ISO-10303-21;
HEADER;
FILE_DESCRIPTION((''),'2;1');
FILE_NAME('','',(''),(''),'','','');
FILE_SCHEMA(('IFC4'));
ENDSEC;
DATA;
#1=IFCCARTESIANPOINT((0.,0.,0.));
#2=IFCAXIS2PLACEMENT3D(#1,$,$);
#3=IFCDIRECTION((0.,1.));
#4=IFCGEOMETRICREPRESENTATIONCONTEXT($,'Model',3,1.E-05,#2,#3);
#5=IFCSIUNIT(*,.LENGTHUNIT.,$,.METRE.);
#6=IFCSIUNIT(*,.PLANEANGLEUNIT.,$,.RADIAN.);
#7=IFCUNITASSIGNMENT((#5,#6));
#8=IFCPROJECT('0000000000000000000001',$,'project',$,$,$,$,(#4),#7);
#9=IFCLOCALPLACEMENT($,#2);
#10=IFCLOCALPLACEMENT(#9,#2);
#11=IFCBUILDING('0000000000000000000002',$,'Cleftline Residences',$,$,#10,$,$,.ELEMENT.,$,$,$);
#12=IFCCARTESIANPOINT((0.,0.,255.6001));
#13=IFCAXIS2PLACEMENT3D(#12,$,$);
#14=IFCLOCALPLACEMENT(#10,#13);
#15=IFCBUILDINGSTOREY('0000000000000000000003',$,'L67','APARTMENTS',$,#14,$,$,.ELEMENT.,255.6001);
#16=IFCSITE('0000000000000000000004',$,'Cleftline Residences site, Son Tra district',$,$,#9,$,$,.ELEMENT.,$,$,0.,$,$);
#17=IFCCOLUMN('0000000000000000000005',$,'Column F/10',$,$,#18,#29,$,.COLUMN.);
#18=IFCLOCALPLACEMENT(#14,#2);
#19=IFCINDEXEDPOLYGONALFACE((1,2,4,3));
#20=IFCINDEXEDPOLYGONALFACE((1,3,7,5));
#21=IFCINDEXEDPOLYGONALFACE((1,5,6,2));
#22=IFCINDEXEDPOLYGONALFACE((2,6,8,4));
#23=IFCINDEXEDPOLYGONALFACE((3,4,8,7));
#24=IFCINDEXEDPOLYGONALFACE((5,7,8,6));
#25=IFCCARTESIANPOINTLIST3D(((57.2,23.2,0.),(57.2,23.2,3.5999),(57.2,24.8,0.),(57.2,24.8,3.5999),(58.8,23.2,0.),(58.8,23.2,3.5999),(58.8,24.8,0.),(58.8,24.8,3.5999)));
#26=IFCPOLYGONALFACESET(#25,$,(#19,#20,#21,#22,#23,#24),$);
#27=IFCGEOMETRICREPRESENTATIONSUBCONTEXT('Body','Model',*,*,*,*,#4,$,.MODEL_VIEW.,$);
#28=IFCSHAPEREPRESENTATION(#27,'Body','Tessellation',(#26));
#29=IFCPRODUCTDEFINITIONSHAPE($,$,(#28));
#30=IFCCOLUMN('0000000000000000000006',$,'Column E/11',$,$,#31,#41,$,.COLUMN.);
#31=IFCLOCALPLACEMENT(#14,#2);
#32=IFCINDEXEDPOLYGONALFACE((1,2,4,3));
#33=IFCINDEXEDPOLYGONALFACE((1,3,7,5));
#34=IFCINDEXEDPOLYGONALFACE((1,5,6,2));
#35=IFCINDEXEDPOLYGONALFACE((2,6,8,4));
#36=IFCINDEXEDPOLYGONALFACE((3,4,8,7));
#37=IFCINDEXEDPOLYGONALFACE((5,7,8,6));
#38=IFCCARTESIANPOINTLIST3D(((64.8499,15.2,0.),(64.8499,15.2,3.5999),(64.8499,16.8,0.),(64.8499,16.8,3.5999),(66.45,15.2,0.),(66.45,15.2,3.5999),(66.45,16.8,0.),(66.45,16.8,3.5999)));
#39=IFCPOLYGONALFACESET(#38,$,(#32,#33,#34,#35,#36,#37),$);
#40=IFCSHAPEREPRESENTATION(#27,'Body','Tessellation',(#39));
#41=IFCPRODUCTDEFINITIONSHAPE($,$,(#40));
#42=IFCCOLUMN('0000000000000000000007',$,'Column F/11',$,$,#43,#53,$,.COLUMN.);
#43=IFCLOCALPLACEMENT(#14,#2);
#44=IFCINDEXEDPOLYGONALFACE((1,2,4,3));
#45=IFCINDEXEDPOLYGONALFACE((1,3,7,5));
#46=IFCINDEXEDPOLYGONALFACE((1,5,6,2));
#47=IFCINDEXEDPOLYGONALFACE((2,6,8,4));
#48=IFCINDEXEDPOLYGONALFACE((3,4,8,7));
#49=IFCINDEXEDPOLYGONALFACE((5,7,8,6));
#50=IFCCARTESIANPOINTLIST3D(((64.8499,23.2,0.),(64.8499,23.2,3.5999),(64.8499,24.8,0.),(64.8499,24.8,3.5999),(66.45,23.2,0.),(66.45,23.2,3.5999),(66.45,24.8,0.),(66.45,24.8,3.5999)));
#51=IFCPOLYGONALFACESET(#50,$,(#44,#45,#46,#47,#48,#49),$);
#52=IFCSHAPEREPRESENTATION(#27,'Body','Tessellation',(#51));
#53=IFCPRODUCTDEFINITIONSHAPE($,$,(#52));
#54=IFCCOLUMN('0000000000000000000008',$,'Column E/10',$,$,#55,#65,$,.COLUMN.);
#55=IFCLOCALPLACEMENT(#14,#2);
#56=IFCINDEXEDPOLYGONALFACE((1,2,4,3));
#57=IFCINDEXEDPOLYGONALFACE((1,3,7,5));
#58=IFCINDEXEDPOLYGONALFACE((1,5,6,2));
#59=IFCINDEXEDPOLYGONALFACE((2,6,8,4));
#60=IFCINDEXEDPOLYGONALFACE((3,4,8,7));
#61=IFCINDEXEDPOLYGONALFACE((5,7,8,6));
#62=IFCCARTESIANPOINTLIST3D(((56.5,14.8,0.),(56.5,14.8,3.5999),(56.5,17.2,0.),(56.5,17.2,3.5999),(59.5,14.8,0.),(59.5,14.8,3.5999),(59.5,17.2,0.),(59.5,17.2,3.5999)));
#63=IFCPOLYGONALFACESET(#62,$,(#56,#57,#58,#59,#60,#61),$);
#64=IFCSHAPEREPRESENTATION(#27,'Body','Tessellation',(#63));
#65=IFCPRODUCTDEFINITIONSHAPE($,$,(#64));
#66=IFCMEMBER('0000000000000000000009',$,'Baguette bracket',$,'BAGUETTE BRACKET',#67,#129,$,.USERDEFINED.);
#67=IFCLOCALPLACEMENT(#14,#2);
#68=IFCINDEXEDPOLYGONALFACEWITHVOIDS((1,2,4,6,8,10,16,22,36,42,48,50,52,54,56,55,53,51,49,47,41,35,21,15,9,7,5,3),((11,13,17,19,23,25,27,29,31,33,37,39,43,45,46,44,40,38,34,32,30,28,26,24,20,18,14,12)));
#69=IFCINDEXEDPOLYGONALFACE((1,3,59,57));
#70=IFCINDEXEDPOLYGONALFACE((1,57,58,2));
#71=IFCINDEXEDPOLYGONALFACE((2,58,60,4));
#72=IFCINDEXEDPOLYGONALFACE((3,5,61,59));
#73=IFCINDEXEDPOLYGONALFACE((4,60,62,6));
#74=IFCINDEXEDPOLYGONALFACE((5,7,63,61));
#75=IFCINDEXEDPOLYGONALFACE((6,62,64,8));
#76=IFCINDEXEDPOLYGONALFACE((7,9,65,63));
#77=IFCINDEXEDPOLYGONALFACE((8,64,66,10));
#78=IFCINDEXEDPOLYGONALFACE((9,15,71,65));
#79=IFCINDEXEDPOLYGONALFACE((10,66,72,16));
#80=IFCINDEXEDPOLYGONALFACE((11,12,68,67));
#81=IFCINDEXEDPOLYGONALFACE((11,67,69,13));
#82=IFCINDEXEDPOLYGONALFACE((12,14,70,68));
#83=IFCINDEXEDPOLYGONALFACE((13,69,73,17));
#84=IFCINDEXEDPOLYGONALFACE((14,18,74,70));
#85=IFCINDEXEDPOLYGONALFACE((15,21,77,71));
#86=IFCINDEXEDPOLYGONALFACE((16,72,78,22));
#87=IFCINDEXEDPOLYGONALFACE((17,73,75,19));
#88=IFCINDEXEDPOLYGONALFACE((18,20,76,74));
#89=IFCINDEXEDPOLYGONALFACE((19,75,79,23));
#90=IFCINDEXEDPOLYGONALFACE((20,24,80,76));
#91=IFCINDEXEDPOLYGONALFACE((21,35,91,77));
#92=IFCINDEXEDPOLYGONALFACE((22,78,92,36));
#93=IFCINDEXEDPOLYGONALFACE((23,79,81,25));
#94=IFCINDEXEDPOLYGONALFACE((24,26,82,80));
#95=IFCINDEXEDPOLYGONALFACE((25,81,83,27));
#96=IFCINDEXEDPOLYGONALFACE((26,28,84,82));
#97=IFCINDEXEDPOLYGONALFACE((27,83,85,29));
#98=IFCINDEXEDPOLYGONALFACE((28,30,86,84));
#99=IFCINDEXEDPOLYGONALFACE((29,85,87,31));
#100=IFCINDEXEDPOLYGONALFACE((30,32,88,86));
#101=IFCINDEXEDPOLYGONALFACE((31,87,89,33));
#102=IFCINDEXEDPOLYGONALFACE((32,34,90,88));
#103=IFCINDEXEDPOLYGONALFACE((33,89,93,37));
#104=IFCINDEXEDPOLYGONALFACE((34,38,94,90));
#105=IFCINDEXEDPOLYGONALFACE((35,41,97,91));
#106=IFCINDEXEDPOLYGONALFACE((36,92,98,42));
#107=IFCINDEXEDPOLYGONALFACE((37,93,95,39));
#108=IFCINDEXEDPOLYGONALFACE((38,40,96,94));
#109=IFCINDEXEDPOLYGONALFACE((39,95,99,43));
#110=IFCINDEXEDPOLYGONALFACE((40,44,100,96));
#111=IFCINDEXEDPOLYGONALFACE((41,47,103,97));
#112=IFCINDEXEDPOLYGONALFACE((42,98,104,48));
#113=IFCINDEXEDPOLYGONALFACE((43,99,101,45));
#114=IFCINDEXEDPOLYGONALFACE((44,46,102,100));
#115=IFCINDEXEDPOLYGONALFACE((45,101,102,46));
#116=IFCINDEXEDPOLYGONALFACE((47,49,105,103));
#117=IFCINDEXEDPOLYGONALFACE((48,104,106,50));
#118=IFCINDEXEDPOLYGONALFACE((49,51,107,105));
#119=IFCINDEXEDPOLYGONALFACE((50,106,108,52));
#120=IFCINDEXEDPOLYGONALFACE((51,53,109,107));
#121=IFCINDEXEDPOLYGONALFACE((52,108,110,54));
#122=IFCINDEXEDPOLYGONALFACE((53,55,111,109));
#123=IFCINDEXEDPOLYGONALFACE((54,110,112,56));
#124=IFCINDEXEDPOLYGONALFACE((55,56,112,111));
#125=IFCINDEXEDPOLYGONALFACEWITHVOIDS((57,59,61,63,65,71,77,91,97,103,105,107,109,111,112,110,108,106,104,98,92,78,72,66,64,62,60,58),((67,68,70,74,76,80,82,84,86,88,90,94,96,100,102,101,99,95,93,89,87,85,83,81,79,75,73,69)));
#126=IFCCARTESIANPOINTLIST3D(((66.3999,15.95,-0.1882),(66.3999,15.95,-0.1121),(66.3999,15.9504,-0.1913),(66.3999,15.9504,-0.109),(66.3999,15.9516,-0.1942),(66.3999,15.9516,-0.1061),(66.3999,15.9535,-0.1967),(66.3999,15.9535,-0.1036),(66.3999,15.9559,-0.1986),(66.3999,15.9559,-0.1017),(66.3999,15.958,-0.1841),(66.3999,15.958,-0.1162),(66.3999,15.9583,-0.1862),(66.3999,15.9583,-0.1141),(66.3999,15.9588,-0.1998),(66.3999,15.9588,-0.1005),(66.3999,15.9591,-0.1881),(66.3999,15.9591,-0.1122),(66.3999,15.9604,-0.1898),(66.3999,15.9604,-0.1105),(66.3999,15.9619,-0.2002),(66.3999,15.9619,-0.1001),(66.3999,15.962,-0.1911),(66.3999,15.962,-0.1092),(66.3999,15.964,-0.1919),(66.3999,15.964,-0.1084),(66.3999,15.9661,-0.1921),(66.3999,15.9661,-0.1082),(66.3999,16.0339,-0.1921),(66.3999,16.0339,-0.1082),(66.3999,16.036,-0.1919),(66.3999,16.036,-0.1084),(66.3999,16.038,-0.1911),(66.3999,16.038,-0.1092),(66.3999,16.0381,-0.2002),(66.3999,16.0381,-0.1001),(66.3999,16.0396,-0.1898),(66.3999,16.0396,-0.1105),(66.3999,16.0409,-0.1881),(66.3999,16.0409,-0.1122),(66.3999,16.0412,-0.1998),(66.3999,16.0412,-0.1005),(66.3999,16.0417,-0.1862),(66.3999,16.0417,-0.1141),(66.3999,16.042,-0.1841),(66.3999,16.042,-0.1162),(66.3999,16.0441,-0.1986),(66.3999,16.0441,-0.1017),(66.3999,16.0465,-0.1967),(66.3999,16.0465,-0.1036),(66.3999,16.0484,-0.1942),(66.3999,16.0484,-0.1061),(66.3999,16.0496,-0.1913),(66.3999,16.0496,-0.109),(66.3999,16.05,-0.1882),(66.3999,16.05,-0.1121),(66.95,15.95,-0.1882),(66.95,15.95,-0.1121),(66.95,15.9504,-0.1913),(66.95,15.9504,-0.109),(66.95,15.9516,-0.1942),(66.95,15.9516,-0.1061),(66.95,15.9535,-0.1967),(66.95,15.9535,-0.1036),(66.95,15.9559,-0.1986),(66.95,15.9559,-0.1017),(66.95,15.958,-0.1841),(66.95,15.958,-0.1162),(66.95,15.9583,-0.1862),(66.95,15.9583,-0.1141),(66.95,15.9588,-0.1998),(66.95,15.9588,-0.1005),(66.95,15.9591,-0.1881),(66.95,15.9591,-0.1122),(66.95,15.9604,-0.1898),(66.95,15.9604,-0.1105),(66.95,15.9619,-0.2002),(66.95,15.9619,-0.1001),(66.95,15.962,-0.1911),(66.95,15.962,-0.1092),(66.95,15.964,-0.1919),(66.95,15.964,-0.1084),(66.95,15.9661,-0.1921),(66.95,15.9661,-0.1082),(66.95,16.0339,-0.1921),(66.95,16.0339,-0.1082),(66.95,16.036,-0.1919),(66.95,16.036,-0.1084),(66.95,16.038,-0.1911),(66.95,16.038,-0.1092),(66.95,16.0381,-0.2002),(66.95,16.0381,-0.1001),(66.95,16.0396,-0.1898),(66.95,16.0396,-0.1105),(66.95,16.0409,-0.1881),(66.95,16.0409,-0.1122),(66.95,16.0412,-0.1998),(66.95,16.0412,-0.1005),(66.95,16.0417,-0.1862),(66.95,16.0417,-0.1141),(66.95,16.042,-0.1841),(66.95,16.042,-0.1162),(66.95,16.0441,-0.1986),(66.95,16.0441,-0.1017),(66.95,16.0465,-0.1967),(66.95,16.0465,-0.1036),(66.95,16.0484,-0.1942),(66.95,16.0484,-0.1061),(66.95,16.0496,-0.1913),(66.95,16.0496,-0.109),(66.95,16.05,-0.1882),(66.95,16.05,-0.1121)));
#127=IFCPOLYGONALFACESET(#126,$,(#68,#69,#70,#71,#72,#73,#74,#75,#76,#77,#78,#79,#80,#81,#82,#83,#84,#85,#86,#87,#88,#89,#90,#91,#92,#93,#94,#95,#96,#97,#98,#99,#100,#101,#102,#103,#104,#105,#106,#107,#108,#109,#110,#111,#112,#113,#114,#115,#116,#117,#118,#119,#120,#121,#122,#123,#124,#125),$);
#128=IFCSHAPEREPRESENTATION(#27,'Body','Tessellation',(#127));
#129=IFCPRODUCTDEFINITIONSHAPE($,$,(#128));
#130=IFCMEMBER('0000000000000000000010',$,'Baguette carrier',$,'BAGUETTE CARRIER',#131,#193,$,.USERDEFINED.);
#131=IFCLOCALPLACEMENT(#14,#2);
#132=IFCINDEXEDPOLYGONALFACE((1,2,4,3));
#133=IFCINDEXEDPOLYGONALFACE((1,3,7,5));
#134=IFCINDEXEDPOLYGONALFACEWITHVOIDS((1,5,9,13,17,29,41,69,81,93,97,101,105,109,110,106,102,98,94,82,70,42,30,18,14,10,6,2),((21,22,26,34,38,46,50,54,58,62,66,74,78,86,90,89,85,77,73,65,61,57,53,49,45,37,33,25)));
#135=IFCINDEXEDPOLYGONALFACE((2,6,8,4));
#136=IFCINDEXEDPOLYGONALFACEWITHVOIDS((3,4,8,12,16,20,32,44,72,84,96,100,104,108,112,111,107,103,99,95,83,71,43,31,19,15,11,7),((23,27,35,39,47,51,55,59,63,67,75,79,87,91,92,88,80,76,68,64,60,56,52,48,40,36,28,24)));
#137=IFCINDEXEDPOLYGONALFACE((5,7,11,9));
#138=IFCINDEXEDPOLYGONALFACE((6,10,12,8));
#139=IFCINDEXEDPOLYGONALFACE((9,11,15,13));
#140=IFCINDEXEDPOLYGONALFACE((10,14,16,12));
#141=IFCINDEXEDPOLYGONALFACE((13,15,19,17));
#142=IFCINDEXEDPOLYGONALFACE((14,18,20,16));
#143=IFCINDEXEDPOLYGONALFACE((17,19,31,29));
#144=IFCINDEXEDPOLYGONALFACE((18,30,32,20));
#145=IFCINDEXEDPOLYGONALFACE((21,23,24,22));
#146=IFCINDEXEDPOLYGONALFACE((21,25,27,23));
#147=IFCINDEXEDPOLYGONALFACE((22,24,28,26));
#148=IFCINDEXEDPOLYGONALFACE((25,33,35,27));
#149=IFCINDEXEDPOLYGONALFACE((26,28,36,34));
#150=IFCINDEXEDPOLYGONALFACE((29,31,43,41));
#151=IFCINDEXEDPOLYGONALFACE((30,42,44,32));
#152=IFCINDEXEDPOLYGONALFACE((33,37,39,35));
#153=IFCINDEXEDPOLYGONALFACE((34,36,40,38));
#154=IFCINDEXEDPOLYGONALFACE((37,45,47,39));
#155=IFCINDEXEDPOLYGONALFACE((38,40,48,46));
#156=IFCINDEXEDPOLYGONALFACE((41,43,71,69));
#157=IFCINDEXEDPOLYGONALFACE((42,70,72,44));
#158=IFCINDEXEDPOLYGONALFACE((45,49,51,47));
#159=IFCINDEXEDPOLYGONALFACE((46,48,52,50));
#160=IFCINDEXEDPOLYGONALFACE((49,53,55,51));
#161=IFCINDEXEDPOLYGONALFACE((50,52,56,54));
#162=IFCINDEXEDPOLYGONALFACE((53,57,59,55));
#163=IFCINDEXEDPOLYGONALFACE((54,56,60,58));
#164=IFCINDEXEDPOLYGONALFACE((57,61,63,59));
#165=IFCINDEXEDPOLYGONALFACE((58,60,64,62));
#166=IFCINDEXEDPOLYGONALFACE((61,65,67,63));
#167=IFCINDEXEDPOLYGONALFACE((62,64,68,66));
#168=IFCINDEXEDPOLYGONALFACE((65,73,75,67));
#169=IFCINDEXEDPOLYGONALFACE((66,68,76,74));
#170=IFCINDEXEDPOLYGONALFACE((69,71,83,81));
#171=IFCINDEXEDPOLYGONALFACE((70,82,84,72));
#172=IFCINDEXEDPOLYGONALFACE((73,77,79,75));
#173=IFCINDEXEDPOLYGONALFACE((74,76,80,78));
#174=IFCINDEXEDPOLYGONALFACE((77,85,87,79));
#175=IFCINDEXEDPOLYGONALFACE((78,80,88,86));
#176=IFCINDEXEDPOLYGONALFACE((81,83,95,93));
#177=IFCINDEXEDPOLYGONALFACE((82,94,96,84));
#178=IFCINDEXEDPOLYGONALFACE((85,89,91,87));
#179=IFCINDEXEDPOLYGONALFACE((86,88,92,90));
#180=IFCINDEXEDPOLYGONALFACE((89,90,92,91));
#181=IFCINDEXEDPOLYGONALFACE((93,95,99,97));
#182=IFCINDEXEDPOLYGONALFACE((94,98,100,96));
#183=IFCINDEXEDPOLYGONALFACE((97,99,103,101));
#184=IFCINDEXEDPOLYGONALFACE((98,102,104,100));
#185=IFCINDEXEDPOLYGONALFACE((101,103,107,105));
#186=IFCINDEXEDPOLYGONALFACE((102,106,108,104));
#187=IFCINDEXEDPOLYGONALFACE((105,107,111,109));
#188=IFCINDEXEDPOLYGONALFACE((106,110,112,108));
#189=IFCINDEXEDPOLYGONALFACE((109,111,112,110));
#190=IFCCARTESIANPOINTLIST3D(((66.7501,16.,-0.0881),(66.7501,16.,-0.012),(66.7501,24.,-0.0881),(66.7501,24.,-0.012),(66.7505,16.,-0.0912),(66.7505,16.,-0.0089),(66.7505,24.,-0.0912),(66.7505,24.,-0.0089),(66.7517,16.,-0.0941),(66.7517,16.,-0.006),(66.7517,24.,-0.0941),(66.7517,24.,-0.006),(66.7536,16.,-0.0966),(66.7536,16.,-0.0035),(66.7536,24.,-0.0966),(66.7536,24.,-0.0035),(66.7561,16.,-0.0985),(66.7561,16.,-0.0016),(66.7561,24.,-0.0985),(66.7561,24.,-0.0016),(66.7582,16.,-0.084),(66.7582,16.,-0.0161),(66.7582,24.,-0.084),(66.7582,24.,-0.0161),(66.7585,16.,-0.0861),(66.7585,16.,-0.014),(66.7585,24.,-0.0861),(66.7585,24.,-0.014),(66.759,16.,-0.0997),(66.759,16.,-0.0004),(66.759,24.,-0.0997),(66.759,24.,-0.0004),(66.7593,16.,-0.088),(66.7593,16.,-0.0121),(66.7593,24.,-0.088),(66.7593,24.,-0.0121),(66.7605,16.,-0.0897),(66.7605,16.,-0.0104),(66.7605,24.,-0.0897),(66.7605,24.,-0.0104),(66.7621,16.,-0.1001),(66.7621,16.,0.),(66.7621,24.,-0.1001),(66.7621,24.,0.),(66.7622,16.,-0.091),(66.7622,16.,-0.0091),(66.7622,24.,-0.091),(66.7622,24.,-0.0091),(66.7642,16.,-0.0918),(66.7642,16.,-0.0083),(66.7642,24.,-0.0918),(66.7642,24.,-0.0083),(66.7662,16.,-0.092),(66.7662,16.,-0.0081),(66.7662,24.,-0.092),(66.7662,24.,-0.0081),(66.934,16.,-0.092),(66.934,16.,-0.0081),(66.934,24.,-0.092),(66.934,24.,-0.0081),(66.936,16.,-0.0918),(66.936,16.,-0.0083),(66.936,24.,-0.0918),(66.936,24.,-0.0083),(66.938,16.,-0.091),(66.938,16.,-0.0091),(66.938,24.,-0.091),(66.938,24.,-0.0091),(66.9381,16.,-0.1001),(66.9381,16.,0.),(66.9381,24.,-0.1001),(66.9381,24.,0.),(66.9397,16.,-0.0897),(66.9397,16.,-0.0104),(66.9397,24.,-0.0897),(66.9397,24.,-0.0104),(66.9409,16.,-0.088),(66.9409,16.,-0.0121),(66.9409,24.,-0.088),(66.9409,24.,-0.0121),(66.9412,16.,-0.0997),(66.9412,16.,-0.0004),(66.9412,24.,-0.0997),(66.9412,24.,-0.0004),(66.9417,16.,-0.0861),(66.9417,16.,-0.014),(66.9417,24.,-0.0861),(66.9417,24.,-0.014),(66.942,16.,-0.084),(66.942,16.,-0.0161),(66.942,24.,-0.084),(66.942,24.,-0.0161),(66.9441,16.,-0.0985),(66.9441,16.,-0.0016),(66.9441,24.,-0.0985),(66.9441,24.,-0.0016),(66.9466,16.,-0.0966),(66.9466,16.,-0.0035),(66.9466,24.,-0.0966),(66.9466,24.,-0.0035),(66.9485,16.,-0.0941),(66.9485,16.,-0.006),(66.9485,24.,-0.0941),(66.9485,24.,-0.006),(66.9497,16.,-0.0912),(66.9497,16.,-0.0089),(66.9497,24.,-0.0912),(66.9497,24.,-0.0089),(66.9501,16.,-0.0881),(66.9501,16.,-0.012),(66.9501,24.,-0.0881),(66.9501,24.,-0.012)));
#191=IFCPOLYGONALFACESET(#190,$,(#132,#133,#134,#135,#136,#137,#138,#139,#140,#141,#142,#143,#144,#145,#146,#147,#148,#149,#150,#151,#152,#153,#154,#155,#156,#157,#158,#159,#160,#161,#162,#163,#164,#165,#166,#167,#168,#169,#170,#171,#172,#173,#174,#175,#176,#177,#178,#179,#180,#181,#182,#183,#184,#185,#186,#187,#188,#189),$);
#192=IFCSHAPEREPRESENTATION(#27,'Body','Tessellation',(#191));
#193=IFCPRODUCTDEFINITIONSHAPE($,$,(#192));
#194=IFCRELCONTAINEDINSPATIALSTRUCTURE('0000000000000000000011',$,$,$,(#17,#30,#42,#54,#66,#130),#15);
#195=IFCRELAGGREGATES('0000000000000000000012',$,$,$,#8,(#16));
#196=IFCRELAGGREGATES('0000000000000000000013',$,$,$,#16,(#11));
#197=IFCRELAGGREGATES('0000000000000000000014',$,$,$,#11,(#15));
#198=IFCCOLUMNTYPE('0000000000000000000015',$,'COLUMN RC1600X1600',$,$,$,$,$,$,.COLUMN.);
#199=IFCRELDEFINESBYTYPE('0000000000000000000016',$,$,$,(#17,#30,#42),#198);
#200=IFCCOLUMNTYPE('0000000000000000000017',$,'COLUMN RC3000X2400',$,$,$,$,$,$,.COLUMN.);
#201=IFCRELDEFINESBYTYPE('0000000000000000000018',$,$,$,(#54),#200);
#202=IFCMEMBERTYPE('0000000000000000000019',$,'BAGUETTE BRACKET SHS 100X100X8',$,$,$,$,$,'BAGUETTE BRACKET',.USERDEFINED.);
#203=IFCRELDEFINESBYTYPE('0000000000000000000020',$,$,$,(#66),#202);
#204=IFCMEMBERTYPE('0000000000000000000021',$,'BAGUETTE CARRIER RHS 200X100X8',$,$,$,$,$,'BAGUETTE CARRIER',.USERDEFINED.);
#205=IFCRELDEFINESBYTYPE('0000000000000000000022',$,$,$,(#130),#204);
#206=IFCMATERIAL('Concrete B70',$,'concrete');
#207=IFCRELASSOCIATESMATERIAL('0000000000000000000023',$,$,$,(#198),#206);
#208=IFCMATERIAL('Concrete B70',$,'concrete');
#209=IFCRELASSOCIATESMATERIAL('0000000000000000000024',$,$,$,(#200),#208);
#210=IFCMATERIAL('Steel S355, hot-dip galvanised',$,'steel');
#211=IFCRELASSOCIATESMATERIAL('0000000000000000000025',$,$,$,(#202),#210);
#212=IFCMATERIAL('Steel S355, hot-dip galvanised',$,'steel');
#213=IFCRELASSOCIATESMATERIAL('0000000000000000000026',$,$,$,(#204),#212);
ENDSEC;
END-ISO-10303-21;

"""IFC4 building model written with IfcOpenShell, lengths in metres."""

from ifc_helpers import new_model, si_unit, direction, frame, origin, origin_2d, place, context, subcontext, project, spatial, rectangle, hollow_rectangle, extrude, material, material_profile, profile_set, type_object, element, save


model = new_model("IFC4")

# Units and contexts
model_context = context("Model", 3, precision=1e-05, world=origin(), true_north=direction((0.0, 1.0)))
body_context = subcontext(model_context, "Body", "Model", "MODEL_VIEW")
ifc_project = project(units=[si_unit("LENGTHUNIT", "METRE"), si_unit("PLANEANGLEUNIT", "RADIAN")], contexts=[model_context])

# Site, building, storey
site_placement = place(None, origin())
site = spatial("IfcSite", under=ifc_project, at=site_placement, Name="Cleftline Residences site, Son Tra district", CompositionType="ELEMENT", RefElevation=0.0)
building_placement = place(site_placement, origin())
building = spatial("IfcBuilding", under=site, at=building_placement, Name="Cleftline Residences", CompositionType="ELEMENT")
storey_placement = place(building_placement, frame((0.0, 0.0, 255.6001)))
storey = spatial("IfcBuildingStorey", under=building, at=storey_placement, Name="L67", Description="APARTMENTS", CompositionType="ELEMENT", Elevation=255.6001)

# Columns
ifc_material_1 = material(Name="Concrete B70", Category="concrete")
ifc_material_profile_1 = material_profile(ifc_material_1, rectangle(XDim=1.6001, YDim=1.6001, at=origin_2d()))
ifc_profile_set_1 = profile_set([ifc_material_profile_1], Name="Concrete B70")
column_type_1 = type_object("IfcColumnType", Name="COLUMN RC1600X1600", PredefinedType="COLUMN", material=ifc_profile_set_1)
for number, where, z_axis, x_axis, name in (
    (1, (58.0, 24.0, 0.0), (0.0, 0.0, 1.0), (1.0, 0.0, 0.0), "Column F/10"),
    (2, (65.6499, 16.0, 0.0), (0.0, 0.0, 1.0), (1.0, 0.0, 0.0), "Column E/11"),
    (3, (65.6499, 24.0, 0.0), (0.0, 0.0, 1.0), (1.0, 0.0, 0.0), "Column F/11"),
):
    element("IfcColumn", number, at=place(storey_placement, frame(where, z_axis=z_axis, x_axis=x_axis)), inside=storey, type_object=column_type_1, Name=name, PredefinedType="COLUMN", context=body_context, shape_type="SweptSolid", body=[
        extrude(rectangle(XDim=1.6001, YDim=1.6001, at=origin_2d()), origin(), (0.0, 0.0, 1.0), 3.5999),
    ])
ifc_material_2 = material(Name="Concrete B70", Category="concrete")
ifc_material_profile_2 = material_profile(ifc_material_2, rectangle(XDim=3.0, YDim=2.3999, at=origin_2d()))
ifc_profile_set_2 = profile_set([ifc_material_profile_2], Name="Concrete B70")
column_type_2 = type_object("IfcColumnType", Name="COLUMN RC3000X2400", PredefinedType="COLUMN", material=ifc_profile_set_2)
column_placement = place(storey_placement, frame((58.0, 16.0, 0.0), z_axis=(0.0, 0.0, 1.0), x_axis=(1.0, 0.0, 0.0)))
element("IfcColumn", 4, at=column_placement, inside=storey, type_object=column_type_2, Name="Column E/10", PredefinedType="COLUMN", context=body_context, shape_type="SweptSolid", body=[
    extrude(rectangle(XDim=3.0, YDim=2.3999, at=origin_2d()), origin(), (0.0, 0.0, 1.0), 3.5999),
])

# Members
ifc_material_3 = material(Name="Steel S355, hot-dip galvanised", Category="steel")
ifc_material_profile_3 = material_profile(ifc_material_3, hollow_rectangle(XDim=0.1001, YDim=0.1001, WallThickness=0.0081, InnerFilletRadius=0.0081, OuterFilletRadius=0.012, at=origin_2d()))
ifc_profile_set_3 = profile_set([ifc_material_profile_3], Name="Steel S355, hot-dip galvanised")
member_type_1 = type_object("IfcMemberType", Name="BAGUETTE BRACKET SHS 100X100X8", ElementType="BAGUETTE BRACKET", PredefinedType="USERDEFINED", material=ifc_profile_set_3)
member_1_placement = place(storey_placement, frame((66.3999, 16.0, -0.1501), z_axis=(1.0, 0.0, 0.0), x_axis=(0.0, 1.0, 0.0)))
element("IfcMember", 5, at=member_1_placement, inside=storey, type_object=member_type_1, Name="Baguette bracket", ObjectType="BAGUETTE BRACKET", PredefinedType="USERDEFINED", context=body_context, shape_type="SweptSolid", body=[
    extrude(hollow_rectangle(XDim=0.1001, YDim=0.1001, WallThickness=0.0081, InnerFilletRadius=0.0081, OuterFilletRadius=0.012, at=origin_2d()), origin(), (0.0, 0.0, 1.0), 0.55),
])
ifc_material_4 = material(Name="Steel S355, hot-dip galvanised", Category="steel")
ifc_material_profile_4 = material_profile(ifc_material_4, hollow_rectangle(XDim=0.1001, YDim=0.2, WallThickness=0.0081, InnerFilletRadius=0.0081, OuterFilletRadius=0.012, at=origin_2d()))
ifc_profile_set_4 = profile_set([ifc_material_profile_4], Name="Steel S355, hot-dip galvanised")
member_type_2 = type_object("IfcMemberType", Name="BAGUETTE CARRIER RHS 200X100X8", ElementType="BAGUETTE CARRIER", PredefinedType="USERDEFINED", material=ifc_profile_set_4)
member_2_placement = place(storey_placement, frame((66.8501, 16.0, -0.05), z_axis=(0.0, 1.0, 0.0), x_axis=(0.0, 0.0, 1.0)))
element("IfcMember", 6, at=member_2_placement, inside=storey, type_object=member_type_2, Name="Baguette carrier", ObjectType="BAGUETTE CARRIER", PredefinedType="USERDEFINED", context=body_context, shape_type="SweptSolid", body=[
    extrude(hollow_rectangle(XDim=0.1001, YDim=0.2, WallThickness=0.0081, InnerFilletRadius=0.0081, OuterFilletRadius=0.012, at=origin_2d()), origin(), (0.0, 0.0, 1.0), 8.0),
])

save(model, "model.ifc")
